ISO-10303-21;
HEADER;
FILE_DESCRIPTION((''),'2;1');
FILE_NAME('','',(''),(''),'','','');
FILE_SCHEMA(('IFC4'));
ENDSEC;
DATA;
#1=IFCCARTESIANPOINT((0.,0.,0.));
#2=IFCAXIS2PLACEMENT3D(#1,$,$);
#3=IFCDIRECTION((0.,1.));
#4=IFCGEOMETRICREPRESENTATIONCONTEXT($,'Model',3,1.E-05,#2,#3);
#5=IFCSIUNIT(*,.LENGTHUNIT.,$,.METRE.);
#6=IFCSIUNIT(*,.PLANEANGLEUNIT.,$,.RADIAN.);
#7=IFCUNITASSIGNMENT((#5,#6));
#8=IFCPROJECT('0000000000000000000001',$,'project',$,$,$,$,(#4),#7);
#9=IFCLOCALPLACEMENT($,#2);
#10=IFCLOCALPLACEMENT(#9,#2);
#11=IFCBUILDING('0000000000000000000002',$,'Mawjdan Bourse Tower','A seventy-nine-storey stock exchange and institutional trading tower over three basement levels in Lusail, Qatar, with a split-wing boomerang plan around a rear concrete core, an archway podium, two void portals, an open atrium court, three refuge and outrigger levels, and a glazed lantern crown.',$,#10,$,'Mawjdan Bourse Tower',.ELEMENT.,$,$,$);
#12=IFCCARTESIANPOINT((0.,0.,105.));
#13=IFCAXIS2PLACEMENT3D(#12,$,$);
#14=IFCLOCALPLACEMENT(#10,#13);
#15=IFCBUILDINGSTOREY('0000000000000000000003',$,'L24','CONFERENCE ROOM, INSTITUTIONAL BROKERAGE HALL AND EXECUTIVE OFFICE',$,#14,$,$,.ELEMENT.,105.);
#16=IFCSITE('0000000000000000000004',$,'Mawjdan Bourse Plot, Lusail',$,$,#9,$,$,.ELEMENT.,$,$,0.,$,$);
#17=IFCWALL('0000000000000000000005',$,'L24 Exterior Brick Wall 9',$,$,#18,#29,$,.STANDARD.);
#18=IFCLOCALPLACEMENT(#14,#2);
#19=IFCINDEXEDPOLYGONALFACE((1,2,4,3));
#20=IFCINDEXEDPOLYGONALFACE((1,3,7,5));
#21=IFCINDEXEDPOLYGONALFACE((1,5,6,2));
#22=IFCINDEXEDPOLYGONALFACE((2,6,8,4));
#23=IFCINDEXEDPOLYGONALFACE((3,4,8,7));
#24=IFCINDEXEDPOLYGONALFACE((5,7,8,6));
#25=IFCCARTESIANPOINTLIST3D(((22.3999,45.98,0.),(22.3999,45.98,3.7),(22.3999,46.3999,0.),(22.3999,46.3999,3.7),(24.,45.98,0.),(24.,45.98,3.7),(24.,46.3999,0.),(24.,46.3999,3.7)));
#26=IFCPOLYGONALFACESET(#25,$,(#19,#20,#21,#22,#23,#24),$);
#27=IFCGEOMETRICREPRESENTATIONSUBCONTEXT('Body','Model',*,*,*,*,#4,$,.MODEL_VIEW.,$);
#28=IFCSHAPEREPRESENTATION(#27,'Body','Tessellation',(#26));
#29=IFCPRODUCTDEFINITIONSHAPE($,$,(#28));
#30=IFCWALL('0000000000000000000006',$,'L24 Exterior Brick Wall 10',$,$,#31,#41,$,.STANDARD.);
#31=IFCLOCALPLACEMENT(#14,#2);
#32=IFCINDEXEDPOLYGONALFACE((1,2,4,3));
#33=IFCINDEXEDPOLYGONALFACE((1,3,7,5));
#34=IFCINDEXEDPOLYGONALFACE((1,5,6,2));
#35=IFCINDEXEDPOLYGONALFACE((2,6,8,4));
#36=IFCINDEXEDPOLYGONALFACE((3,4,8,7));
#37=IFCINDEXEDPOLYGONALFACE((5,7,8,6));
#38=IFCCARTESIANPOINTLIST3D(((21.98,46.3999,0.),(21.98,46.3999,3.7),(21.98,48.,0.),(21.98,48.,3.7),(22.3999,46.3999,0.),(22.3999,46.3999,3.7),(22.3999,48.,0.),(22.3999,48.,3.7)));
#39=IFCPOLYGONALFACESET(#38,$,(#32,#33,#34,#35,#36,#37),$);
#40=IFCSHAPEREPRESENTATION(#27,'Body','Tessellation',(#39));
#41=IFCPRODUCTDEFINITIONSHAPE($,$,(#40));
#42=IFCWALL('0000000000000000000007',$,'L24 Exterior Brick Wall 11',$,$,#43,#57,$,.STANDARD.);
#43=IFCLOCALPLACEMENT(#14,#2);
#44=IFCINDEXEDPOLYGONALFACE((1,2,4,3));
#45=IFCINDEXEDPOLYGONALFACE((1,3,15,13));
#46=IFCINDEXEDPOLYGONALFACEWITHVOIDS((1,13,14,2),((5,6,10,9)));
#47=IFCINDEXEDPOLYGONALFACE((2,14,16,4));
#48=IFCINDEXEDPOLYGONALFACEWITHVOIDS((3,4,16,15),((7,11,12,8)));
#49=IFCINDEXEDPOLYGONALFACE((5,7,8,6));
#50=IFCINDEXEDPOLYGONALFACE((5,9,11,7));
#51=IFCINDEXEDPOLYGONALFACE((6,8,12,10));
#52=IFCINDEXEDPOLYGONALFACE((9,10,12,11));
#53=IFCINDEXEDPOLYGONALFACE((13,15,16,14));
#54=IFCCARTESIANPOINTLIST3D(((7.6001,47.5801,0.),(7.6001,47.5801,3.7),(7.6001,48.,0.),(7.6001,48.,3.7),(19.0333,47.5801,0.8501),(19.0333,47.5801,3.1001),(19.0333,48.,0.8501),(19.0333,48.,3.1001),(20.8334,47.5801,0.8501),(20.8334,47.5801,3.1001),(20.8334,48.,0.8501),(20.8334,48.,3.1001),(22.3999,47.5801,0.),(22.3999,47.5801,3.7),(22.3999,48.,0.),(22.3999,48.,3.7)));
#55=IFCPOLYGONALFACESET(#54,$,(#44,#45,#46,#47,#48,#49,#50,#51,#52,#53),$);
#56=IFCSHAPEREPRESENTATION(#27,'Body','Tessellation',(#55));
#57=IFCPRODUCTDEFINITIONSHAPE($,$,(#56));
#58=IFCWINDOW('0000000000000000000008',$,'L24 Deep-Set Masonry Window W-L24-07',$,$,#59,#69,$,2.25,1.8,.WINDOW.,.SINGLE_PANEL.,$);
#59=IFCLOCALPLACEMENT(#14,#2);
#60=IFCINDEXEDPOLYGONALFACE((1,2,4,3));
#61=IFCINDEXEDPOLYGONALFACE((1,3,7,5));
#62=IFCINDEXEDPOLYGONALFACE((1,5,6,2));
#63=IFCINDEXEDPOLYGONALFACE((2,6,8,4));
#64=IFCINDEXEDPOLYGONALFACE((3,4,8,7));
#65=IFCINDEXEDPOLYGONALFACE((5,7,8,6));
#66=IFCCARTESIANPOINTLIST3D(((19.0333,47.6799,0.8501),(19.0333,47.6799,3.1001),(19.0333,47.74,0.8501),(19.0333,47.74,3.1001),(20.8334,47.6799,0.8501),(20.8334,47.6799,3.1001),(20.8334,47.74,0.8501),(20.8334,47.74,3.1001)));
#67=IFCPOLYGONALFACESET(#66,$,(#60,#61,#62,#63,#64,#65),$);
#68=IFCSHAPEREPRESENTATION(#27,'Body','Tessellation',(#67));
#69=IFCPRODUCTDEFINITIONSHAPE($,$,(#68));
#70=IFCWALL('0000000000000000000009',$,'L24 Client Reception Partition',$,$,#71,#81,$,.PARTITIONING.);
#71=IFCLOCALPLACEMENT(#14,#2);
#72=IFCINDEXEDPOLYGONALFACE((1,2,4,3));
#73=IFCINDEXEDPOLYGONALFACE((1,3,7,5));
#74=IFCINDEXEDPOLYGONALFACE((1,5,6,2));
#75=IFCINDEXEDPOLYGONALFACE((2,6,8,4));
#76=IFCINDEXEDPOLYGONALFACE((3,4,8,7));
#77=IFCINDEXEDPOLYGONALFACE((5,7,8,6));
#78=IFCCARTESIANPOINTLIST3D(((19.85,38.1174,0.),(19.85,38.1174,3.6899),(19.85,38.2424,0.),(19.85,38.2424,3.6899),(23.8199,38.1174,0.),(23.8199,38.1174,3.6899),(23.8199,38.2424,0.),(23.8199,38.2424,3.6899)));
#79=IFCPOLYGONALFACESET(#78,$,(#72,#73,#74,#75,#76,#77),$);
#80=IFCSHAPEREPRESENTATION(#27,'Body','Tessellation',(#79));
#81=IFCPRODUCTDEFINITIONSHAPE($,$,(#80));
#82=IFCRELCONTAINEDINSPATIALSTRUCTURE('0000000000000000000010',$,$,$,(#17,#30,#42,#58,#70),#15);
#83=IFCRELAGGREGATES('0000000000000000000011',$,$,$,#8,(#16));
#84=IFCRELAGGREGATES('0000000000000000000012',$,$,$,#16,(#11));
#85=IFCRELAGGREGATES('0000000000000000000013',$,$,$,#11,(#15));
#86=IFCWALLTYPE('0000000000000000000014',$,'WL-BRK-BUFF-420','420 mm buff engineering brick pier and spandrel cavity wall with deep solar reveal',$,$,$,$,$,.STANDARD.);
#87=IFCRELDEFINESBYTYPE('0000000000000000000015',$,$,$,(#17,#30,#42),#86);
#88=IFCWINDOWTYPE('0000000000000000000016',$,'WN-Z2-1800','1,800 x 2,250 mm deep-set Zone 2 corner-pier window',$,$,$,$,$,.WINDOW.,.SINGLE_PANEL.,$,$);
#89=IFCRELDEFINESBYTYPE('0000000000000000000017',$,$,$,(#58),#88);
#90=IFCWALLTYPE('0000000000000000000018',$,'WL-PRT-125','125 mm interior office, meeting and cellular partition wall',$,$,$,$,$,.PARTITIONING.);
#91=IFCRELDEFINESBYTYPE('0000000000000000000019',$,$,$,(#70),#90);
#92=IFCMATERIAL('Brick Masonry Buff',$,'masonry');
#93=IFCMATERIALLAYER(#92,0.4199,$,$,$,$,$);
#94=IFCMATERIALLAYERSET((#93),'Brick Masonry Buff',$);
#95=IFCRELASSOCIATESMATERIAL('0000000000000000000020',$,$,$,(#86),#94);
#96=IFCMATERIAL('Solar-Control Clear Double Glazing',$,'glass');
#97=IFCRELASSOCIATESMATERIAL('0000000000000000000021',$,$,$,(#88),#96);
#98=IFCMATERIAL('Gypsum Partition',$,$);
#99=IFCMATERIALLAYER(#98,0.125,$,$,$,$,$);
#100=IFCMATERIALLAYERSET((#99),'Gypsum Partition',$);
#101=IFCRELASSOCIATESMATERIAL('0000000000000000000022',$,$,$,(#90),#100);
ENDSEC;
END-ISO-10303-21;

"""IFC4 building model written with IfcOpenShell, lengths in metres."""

from ifc_helpers import new_model, si_unit, direction, frame, frame_2d, origin, place, context, subcontext, project, spatial, rectangle, extrude, material, layer, layer_set, type_object, element, fill, save


model = new_model("IFC4")

# Units and contexts
model_context = context("Model", 3, precision=1e-05, world=origin(), true_north=direction((0.0, 1.0)))
body_context = subcontext(model_context, "Body", "Model", "MODEL_VIEW")
ifc_project = project(units=[si_unit("LENGTHUNIT", "METRE"), si_unit("PLANEANGLEUNIT", "RADIAN")], contexts=[model_context])

# Site, building, storey
site_placement = place(None, origin())
site = spatial("IfcSite", under=ifc_project, at=site_placement, Name="Mawjdan Bourse Plot, Lusail", CompositionType="ELEMENT", RefElevation=0.0)
building_placement = place(site_placement, origin())
building = spatial("IfcBuilding", under=site, at=building_placement, Name="Mawjdan Bourse Tower", Description="A seventy-nine-storey stock exchange and institutional trading tower over three basement levels in Lusail, Qatar, with a split-wing boomerang plan around a rear concrete core, an archway podium, two void portals, an open atrium court, three refuge and outrigger levels, and a glazed lantern crown.", LongName="Mawjdan Bourse Tower", CompositionType="ELEMENT")
storey_placement = place(building_placement, frame((0.0, 0.0, 105.0)))
storey = spatial("IfcBuildingStorey", under=building, at=storey_placement, Name="L24", Description="CONFERENCE ROOM, INSTITUTIONAL BROKERAGE HALL AND EXECUTIVE OFFICE", CompositionType="ELEMENT", Elevation=105.0)

# Walls
ifc_material_1 = material(Name="Brick Masonry Buff", Category="masonry")
ifc_layer_1 = layer(ifc_material_1, 0.4199)
ifc_layer_set_1 = layer_set([ifc_layer_1], Name="Brick Masonry Buff")
wall_type_1 = type_object("IfcWallType", Name="WL-BRK-BUFF-420", Description="420 mm buff engineering brick pier and spandrel cavity wall with deep solar reveal", PredefinedType="STANDARD", material=ifc_layer_set_1)
for number, where, z_axis, x_axis, name in (
    (1, (24.0, 46.1899, 0.0), (0.0, 0.0, 1.0), (-1.0, 0.0, 0.0), "L24 Exterior Brick Wall 9"),
    (2, (22.1899, 46.3999, 0.0), (0.0, 0.0, 1.0), (0.0, 1.0, 0.0), "L24 Exterior Brick Wall 10"),
):
    element("IfcWall", number, at=place(storey_placement, frame(where, z_axis=z_axis, x_axis=x_axis)), inside=storey, type_object=wall_type_1, Name=name, PredefinedType="STANDARD", context=body_context, shape_type="SweptSolid", body=[
        extrude(rectangle(XDim=1.6001, YDim=0.4199, at=frame_2d((0.8, 0.0))), origin(), (0.0, 0.0, 1.0), 3.7),
    ])

# Wall, opening, window
wall_1_placement = place(storey_placement, frame((22.3999, 47.79, 0.0), z_axis=(0.0, 0.0, 1.0), x_axis=(-1.0, 0.0, 0.0)))
wall_1 = element("IfcWall", 3, at=wall_1_placement, inside=storey, type_object=wall_type_1, Name="L24 Exterior Brick Wall 11", PredefinedType="STANDARD", context=body_context, shape_type="SweptSolid", body=[
    extrude(rectangle(XDim=14.7998, YDim=0.4199, at=frame_2d((7.3999, 0.0))), origin(), (0.0, 0.0, 1.0), 3.7),
])
opening_1_placement = place(wall_1_placement, frame((1.5667, 0.0, 0.8501)))
opening_1 = element("IfcOpeningElement", 4, at=opening_1_placement, cuts=wall_1, PredefinedType="OPENING", context=body_context, shape_type="SweptSolid", body=[
    extrude(rectangle(XDim=1.8, YDim=2.25, at=frame_2d((0.8999, 1.125))), frame((0.0, 0.22, 0.0), z_axis=(0.0, -1.0, 0.0), x_axis=(1.0, 0.0, 0.0)), (0.0, 0.0, 1.0), 0.4399),
])
ifc_material_2 = material(Name="Solar-Control Clear Double Glazing", Category="glass")
window_type = type_object("IfcWindowType", Name="WN-Z2-1800", Description="1,800 x 2,250 mm deep-set Zone 2 corner-pier window", PartitioningType="SINGLE_PANEL", PredefinedType="WINDOW", material=ifc_material_2)
window_placement = place(opening_1_placement, origin())
window = element("IfcWindow", 5, at=window_placement, inside=storey, type_object=window_type, Name="L24 Deep-Set Masonry Window W-L24-07", OverallHeight=2.25, OverallWidth=1.8, PartitioningType="SINGLE_PANEL", PredefinedType="WINDOW", context=body_context, shape_type="SweptSolid", body=[
    extrude(rectangle(XDim=1.8, YDim=2.25, at=frame_2d((0.8999, 1.125))), frame((0.0, 0.1101, 0.0), z_axis=(0.0, -1.0, 0.0), x_axis=(1.0, 0.0, 0.0)), (0.0, 0.0, 1.0), 0.0601),
])
fill(opening_1, window)

# Wall
ifc_material_3 = material(Name="Gypsum Partition")
ifc_layer_2 = layer(ifc_material_3, 0.125)
ifc_layer_set_2 = layer_set([ifc_layer_2], Name="Gypsum Partition")
wall_type_2 = type_object("IfcWallType", Name="WL-PRT-125", Description="125 mm interior office, meeting and cellular partition wall", PredefinedType="PARTITIONING", material=ifc_layer_set_2)
wall_2_placement = place(storey_placement, frame((19.8501, 38.1799, 0.0), z_axis=(0.0, 0.0, 1.0), x_axis=(1.0, 0.0, 0.0)))
element("IfcWall", 6, at=wall_2_placement, inside=storey, type_object=wall_type_2, Name="L24 Client Reception Partition", PredefinedType="PARTITIONING", context=body_context, shape_type="SweptSolid", body=[
    extrude(rectangle(XDim=3.97, YDim=0.125, at=frame_2d((1.9849, 0.0))), origin(), (0.0, 0.0, 1.0), 3.6899),
])

save(model, "model.ifc")
